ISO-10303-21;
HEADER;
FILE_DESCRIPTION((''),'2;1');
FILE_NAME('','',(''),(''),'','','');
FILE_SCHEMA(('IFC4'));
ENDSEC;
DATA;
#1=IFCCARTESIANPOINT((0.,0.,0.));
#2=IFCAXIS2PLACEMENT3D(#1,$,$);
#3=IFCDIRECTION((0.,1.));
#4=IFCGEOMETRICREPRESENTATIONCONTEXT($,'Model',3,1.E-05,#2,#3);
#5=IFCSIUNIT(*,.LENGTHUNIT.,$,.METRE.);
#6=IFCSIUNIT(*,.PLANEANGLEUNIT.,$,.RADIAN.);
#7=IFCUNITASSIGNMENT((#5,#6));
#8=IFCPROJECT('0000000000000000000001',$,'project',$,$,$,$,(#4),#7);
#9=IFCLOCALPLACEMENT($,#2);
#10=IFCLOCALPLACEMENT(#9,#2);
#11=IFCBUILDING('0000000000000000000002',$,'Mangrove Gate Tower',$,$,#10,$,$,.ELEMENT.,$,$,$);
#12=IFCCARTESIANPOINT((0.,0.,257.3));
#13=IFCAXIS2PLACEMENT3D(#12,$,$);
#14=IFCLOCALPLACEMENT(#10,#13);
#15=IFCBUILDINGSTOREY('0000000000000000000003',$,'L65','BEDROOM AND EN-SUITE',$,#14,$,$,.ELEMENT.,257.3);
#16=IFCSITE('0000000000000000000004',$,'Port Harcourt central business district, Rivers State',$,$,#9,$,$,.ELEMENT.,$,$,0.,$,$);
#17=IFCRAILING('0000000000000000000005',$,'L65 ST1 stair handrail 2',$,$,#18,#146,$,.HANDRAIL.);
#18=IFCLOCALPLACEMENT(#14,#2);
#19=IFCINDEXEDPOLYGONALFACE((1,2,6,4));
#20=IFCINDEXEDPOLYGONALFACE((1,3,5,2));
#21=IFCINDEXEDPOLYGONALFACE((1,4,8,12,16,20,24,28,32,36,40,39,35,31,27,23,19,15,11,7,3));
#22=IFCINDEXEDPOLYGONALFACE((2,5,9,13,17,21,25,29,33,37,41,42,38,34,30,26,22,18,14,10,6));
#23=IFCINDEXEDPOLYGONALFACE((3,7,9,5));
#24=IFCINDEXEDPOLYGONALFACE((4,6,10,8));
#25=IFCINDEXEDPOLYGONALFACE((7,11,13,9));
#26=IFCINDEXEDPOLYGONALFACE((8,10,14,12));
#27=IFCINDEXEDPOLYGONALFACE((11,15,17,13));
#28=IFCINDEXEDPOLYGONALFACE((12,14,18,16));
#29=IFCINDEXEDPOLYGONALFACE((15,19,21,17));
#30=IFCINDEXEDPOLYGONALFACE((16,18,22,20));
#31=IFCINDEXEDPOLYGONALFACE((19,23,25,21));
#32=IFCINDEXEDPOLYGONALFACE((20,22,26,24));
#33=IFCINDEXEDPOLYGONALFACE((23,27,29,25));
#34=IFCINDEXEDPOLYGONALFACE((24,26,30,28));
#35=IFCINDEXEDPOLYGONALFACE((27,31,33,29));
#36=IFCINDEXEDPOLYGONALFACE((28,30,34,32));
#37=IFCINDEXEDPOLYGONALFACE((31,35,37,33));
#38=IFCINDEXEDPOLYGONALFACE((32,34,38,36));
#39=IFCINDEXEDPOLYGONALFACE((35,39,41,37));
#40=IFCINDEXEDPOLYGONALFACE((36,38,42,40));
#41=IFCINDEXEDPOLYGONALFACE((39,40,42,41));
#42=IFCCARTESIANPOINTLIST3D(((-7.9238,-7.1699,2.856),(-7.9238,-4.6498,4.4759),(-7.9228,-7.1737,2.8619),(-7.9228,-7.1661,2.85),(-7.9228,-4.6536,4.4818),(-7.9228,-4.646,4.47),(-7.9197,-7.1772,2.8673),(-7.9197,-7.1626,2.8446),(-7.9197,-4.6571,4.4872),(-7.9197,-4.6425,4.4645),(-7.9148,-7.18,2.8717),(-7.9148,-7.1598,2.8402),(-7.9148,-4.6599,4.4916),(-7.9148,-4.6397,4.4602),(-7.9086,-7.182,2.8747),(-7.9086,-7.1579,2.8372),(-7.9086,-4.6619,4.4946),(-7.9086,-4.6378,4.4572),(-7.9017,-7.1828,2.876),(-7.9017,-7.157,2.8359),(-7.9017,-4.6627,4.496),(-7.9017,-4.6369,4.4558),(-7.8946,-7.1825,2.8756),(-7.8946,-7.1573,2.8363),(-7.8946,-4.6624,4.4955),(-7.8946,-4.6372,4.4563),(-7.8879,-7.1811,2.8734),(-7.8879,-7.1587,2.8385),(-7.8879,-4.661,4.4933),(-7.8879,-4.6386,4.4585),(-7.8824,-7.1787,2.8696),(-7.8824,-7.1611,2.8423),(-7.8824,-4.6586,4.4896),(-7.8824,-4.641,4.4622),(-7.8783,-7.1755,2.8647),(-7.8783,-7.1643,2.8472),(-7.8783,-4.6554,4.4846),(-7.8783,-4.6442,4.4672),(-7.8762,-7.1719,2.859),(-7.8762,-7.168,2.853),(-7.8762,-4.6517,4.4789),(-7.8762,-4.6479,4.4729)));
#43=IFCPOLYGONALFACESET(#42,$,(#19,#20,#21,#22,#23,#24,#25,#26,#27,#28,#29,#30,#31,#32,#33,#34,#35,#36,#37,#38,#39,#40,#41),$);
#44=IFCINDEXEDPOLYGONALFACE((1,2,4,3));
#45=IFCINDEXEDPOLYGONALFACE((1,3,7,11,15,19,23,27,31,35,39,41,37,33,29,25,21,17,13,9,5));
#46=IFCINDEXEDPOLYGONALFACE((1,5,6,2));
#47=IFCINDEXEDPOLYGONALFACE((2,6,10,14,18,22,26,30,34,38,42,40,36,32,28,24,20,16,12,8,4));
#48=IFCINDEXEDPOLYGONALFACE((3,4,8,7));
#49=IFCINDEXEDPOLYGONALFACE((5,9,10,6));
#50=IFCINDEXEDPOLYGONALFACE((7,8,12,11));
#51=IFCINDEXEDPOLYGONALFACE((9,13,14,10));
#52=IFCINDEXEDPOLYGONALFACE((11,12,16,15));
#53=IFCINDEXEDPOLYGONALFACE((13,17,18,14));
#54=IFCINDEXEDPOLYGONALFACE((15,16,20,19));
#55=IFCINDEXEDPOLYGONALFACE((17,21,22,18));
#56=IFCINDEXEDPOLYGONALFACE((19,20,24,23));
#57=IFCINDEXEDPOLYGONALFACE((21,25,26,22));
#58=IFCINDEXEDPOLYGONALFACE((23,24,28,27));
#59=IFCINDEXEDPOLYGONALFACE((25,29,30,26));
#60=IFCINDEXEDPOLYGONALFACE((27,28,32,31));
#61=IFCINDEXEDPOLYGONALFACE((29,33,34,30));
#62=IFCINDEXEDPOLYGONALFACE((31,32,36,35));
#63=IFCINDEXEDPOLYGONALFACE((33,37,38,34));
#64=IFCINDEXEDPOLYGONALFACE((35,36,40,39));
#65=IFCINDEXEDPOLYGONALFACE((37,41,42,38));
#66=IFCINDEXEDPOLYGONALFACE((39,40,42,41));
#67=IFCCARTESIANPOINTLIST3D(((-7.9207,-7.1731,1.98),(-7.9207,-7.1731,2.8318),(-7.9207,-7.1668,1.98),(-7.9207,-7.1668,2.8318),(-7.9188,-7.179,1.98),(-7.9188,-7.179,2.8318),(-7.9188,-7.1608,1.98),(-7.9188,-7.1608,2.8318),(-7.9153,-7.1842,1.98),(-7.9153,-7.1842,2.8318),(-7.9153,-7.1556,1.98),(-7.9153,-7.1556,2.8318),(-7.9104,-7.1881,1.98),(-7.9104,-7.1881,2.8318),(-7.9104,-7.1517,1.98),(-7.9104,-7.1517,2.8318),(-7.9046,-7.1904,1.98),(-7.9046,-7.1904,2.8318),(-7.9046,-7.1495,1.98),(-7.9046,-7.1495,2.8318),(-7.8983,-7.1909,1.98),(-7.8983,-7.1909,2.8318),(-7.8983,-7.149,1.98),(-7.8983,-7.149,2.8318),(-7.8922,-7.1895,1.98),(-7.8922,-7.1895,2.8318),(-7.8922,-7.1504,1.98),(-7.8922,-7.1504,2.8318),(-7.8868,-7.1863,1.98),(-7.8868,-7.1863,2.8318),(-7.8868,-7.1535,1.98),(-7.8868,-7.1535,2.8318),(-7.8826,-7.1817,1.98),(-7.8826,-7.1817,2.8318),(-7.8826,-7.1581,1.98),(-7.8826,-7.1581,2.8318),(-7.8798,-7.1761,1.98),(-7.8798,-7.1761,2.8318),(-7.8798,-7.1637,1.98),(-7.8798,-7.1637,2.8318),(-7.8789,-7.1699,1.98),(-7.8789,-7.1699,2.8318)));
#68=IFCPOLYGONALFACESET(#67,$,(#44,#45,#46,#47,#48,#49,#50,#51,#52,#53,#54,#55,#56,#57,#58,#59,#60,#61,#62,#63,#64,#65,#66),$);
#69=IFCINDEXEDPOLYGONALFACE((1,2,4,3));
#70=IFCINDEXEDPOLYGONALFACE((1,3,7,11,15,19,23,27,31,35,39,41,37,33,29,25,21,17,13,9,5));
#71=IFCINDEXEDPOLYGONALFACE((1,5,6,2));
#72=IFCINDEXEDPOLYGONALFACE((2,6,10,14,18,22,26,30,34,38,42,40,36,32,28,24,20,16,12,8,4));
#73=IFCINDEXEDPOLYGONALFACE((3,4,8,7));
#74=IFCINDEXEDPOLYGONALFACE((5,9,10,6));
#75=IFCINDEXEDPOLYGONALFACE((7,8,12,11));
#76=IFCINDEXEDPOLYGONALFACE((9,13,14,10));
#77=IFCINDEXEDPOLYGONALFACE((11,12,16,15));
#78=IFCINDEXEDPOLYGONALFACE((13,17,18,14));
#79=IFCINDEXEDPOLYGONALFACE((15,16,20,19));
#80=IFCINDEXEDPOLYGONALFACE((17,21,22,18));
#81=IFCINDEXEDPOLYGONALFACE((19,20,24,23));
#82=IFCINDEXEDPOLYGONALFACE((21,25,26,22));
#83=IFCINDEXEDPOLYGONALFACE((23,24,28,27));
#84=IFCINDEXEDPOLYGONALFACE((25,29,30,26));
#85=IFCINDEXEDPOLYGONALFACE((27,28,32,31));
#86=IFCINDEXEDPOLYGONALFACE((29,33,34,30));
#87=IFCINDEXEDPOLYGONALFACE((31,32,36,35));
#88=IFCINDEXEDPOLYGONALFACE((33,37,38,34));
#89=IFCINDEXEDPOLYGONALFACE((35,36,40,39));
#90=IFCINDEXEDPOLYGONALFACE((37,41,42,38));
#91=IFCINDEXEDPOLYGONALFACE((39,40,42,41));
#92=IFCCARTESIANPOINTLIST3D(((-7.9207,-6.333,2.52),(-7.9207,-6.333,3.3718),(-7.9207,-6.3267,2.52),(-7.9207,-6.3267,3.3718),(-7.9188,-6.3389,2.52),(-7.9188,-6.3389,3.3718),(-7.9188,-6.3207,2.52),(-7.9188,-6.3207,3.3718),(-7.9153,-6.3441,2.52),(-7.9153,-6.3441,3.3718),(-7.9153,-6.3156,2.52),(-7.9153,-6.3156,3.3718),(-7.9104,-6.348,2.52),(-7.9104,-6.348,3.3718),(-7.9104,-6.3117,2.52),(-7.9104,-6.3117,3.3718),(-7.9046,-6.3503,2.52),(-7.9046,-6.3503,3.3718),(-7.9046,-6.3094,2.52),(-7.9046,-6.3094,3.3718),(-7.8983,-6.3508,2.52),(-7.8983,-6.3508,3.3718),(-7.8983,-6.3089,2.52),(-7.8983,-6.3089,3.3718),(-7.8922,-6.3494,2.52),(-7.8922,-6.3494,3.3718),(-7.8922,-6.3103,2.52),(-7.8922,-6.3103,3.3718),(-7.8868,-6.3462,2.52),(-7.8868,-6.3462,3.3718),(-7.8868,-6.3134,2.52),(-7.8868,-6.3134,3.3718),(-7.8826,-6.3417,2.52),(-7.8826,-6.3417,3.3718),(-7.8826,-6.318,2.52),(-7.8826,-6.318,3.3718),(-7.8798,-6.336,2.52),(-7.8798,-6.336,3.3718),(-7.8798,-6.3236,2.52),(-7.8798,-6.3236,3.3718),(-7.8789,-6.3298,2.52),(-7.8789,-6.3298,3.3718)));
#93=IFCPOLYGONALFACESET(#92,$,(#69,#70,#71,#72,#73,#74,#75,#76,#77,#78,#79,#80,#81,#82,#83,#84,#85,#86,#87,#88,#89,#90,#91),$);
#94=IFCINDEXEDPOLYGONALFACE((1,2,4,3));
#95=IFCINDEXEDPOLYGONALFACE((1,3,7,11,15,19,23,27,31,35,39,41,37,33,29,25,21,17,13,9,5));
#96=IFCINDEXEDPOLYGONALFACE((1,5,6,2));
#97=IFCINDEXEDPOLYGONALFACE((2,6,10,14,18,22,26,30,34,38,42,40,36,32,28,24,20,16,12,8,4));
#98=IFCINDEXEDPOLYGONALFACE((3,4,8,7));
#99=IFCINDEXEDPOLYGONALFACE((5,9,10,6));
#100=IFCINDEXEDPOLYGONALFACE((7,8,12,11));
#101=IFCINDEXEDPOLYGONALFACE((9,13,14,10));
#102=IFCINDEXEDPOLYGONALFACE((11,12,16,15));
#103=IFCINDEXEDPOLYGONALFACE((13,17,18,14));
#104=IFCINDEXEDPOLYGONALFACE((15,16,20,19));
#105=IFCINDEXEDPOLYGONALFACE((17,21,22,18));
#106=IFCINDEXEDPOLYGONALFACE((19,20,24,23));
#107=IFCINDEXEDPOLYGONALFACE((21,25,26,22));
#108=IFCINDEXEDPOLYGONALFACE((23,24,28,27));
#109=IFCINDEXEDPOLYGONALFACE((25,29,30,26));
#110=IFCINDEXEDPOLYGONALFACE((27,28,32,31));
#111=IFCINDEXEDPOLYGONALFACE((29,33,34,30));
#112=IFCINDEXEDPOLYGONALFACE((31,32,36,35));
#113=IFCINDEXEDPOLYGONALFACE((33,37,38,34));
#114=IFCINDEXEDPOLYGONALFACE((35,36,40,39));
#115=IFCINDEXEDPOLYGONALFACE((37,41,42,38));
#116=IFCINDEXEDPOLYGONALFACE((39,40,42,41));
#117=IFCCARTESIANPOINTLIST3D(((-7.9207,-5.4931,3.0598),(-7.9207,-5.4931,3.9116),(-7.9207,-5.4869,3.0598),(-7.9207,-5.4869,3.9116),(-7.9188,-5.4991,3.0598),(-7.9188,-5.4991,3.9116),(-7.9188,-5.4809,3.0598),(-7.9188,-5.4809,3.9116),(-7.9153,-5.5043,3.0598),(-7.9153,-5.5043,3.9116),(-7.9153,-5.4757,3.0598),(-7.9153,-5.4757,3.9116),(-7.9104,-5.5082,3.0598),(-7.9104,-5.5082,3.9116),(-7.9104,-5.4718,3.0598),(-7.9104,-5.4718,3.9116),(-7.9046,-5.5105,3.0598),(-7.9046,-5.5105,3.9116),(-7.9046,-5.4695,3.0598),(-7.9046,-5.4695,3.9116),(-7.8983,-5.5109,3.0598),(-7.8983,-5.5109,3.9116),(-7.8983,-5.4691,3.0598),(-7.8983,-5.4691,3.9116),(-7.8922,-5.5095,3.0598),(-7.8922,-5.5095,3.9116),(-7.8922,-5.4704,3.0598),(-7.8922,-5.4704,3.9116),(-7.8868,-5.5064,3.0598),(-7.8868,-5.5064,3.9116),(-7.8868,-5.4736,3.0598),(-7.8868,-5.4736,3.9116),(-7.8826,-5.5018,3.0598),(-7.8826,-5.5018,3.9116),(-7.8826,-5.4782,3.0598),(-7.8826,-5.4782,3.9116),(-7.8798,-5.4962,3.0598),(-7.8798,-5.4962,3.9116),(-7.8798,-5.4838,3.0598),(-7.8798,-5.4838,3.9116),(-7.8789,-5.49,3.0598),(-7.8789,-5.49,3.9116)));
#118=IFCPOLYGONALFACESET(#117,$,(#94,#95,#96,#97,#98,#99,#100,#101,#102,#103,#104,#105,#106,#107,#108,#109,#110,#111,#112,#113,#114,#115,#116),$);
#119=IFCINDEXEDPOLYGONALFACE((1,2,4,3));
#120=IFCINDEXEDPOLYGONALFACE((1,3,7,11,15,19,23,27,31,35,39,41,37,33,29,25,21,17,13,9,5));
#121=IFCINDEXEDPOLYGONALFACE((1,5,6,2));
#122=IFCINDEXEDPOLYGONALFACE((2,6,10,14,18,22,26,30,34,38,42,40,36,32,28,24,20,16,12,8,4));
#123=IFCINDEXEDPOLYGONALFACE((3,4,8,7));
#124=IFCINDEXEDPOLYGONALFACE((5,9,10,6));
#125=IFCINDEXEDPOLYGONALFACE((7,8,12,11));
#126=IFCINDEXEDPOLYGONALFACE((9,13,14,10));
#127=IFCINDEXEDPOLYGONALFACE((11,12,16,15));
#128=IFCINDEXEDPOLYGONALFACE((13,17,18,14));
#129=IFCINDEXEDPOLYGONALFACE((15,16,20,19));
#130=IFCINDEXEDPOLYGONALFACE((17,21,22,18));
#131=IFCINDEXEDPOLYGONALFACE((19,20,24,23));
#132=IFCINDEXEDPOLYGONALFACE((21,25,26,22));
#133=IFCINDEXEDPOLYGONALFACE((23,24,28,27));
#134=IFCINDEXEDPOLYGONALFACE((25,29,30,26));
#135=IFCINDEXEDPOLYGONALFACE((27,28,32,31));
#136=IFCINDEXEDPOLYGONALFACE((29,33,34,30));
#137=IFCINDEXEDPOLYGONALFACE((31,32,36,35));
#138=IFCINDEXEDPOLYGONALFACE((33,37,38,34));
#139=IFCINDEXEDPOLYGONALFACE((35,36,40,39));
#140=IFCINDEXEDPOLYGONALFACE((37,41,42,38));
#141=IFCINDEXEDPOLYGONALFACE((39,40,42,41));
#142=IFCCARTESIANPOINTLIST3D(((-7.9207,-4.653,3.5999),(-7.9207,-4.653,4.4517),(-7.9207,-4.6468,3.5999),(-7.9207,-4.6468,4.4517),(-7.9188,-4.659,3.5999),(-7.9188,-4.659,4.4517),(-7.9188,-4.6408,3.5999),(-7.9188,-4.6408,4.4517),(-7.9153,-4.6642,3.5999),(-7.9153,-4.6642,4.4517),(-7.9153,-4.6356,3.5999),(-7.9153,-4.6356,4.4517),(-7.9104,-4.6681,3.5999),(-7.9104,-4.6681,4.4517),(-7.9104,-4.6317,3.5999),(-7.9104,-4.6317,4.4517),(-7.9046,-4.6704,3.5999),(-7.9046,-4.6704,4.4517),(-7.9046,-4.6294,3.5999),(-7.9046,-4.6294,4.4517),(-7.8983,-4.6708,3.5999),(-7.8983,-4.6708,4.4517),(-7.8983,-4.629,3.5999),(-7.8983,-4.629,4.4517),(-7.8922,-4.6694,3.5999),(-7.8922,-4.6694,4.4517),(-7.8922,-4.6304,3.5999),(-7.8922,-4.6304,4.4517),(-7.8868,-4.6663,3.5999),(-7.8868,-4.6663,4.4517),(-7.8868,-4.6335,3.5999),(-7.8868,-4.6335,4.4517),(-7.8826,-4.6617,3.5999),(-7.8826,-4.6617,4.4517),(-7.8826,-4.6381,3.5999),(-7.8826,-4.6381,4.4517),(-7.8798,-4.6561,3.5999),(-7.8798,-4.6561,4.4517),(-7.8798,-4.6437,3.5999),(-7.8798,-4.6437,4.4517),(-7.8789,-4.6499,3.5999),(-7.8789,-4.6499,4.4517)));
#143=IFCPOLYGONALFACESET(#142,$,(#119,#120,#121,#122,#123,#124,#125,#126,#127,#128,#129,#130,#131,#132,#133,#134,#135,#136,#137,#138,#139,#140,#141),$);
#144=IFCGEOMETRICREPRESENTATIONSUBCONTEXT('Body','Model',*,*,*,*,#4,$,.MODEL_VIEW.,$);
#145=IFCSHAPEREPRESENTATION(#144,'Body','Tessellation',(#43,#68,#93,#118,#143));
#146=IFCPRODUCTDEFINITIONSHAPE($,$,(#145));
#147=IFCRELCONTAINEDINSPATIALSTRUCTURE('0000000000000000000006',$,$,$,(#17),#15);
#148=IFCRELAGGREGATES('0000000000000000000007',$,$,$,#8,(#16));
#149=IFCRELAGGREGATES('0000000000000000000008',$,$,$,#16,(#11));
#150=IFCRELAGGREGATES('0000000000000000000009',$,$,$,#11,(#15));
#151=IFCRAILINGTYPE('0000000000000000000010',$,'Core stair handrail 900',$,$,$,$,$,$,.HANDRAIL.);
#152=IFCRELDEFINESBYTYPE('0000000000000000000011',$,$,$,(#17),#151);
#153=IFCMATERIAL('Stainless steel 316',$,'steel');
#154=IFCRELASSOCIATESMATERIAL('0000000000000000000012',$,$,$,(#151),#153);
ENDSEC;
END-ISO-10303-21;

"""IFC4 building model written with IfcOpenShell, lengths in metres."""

from ifc_helpers import new_model, si_unit, direction, frame, origin, origin_2d, place, context, subcontext, project, spatial, circle, extrude, material, type_object, element, save


model = new_model("IFC4")

# Units and contexts
model_context = context("Model", 3, precision=1e-05, world=origin(), true_north=direction((0.0, 1.0)))
body_context = subcontext(model_context, "Body", "Model", "MODEL_VIEW")
ifc_project = project(units=[si_unit("LENGTHUNIT", "METRE"), si_unit("PLANEANGLEUNIT", "RADIAN")], contexts=[model_context])

# Site, building, storey
site_placement = place(None, origin())
site = spatial("IfcSite", under=ifc_project, at=site_placement, Name="Port Harcourt central business district, Rivers State", CompositionType="ELEMENT", RefElevation=0.0)
building_placement = place(site_placement, origin())
building = spatial("IfcBuilding", under=site, at=building_placement, Name="Mangrove Gate Tower", CompositionType="ELEMENT")
storey_placement = place(building_placement, frame((0.0, 0.0, 257.3)))
storey = spatial("IfcBuildingStorey", under=building, at=storey_placement, Name="L65", Description="BEDROOM AND EN-SUITE", CompositionType="ELEMENT", Elevation=257.3)

# Railing
ifc_material_1 = material(Name="Stainless steel 316", Category="steel")
railing_type_1 = type_object("IfcRailingType", Name="Core stair handrail 900", PredefinedType="HANDRAIL", material=ifc_material_1)
railing_1_placement = place(storey_placement, frame((-7.8999, -7.1699, 1.98)))
element("IfcRailing", 1, at=railing_1_placement, inside=storey, type_object=railing_type_1, Name="L65 ST1 stair handrail 2", PredefinedType="HANDRAIL", context=body_context, shape_type="SweptSolid", body=[
    extrude(circle(Radius=0.0239, at=origin_2d()), frame((0.0, 0.0, 0.876), z_axis=(0.0, 0.8412, 0.540725), x_axis=(-1.0, 0.0, 0.0)), (0.0, 0.0, 1.0), 2.9958),
    extrude(circle(Radius=0.021, at=origin_2d()), origin(), (0.0, 0.0, 1.0), 0.8518),
    extrude(circle(Radius=0.021, at=origin_2d()), frame((0.0, 0.8401, 0.54)), (0.0, 0.0, 1.0), 0.8518),
    extrude(circle(Radius=0.021, at=origin_2d()), frame((0.0, 1.6799, 1.0798)), (0.0, 0.0, 1.0), 0.8518),
    extrude(circle(Radius=0.021, at=origin_2d()), frame((0.0, 2.52, 1.6199)), (0.0, 0.0, 1.0), 0.8518),
])

save(model, "model.ifc")
